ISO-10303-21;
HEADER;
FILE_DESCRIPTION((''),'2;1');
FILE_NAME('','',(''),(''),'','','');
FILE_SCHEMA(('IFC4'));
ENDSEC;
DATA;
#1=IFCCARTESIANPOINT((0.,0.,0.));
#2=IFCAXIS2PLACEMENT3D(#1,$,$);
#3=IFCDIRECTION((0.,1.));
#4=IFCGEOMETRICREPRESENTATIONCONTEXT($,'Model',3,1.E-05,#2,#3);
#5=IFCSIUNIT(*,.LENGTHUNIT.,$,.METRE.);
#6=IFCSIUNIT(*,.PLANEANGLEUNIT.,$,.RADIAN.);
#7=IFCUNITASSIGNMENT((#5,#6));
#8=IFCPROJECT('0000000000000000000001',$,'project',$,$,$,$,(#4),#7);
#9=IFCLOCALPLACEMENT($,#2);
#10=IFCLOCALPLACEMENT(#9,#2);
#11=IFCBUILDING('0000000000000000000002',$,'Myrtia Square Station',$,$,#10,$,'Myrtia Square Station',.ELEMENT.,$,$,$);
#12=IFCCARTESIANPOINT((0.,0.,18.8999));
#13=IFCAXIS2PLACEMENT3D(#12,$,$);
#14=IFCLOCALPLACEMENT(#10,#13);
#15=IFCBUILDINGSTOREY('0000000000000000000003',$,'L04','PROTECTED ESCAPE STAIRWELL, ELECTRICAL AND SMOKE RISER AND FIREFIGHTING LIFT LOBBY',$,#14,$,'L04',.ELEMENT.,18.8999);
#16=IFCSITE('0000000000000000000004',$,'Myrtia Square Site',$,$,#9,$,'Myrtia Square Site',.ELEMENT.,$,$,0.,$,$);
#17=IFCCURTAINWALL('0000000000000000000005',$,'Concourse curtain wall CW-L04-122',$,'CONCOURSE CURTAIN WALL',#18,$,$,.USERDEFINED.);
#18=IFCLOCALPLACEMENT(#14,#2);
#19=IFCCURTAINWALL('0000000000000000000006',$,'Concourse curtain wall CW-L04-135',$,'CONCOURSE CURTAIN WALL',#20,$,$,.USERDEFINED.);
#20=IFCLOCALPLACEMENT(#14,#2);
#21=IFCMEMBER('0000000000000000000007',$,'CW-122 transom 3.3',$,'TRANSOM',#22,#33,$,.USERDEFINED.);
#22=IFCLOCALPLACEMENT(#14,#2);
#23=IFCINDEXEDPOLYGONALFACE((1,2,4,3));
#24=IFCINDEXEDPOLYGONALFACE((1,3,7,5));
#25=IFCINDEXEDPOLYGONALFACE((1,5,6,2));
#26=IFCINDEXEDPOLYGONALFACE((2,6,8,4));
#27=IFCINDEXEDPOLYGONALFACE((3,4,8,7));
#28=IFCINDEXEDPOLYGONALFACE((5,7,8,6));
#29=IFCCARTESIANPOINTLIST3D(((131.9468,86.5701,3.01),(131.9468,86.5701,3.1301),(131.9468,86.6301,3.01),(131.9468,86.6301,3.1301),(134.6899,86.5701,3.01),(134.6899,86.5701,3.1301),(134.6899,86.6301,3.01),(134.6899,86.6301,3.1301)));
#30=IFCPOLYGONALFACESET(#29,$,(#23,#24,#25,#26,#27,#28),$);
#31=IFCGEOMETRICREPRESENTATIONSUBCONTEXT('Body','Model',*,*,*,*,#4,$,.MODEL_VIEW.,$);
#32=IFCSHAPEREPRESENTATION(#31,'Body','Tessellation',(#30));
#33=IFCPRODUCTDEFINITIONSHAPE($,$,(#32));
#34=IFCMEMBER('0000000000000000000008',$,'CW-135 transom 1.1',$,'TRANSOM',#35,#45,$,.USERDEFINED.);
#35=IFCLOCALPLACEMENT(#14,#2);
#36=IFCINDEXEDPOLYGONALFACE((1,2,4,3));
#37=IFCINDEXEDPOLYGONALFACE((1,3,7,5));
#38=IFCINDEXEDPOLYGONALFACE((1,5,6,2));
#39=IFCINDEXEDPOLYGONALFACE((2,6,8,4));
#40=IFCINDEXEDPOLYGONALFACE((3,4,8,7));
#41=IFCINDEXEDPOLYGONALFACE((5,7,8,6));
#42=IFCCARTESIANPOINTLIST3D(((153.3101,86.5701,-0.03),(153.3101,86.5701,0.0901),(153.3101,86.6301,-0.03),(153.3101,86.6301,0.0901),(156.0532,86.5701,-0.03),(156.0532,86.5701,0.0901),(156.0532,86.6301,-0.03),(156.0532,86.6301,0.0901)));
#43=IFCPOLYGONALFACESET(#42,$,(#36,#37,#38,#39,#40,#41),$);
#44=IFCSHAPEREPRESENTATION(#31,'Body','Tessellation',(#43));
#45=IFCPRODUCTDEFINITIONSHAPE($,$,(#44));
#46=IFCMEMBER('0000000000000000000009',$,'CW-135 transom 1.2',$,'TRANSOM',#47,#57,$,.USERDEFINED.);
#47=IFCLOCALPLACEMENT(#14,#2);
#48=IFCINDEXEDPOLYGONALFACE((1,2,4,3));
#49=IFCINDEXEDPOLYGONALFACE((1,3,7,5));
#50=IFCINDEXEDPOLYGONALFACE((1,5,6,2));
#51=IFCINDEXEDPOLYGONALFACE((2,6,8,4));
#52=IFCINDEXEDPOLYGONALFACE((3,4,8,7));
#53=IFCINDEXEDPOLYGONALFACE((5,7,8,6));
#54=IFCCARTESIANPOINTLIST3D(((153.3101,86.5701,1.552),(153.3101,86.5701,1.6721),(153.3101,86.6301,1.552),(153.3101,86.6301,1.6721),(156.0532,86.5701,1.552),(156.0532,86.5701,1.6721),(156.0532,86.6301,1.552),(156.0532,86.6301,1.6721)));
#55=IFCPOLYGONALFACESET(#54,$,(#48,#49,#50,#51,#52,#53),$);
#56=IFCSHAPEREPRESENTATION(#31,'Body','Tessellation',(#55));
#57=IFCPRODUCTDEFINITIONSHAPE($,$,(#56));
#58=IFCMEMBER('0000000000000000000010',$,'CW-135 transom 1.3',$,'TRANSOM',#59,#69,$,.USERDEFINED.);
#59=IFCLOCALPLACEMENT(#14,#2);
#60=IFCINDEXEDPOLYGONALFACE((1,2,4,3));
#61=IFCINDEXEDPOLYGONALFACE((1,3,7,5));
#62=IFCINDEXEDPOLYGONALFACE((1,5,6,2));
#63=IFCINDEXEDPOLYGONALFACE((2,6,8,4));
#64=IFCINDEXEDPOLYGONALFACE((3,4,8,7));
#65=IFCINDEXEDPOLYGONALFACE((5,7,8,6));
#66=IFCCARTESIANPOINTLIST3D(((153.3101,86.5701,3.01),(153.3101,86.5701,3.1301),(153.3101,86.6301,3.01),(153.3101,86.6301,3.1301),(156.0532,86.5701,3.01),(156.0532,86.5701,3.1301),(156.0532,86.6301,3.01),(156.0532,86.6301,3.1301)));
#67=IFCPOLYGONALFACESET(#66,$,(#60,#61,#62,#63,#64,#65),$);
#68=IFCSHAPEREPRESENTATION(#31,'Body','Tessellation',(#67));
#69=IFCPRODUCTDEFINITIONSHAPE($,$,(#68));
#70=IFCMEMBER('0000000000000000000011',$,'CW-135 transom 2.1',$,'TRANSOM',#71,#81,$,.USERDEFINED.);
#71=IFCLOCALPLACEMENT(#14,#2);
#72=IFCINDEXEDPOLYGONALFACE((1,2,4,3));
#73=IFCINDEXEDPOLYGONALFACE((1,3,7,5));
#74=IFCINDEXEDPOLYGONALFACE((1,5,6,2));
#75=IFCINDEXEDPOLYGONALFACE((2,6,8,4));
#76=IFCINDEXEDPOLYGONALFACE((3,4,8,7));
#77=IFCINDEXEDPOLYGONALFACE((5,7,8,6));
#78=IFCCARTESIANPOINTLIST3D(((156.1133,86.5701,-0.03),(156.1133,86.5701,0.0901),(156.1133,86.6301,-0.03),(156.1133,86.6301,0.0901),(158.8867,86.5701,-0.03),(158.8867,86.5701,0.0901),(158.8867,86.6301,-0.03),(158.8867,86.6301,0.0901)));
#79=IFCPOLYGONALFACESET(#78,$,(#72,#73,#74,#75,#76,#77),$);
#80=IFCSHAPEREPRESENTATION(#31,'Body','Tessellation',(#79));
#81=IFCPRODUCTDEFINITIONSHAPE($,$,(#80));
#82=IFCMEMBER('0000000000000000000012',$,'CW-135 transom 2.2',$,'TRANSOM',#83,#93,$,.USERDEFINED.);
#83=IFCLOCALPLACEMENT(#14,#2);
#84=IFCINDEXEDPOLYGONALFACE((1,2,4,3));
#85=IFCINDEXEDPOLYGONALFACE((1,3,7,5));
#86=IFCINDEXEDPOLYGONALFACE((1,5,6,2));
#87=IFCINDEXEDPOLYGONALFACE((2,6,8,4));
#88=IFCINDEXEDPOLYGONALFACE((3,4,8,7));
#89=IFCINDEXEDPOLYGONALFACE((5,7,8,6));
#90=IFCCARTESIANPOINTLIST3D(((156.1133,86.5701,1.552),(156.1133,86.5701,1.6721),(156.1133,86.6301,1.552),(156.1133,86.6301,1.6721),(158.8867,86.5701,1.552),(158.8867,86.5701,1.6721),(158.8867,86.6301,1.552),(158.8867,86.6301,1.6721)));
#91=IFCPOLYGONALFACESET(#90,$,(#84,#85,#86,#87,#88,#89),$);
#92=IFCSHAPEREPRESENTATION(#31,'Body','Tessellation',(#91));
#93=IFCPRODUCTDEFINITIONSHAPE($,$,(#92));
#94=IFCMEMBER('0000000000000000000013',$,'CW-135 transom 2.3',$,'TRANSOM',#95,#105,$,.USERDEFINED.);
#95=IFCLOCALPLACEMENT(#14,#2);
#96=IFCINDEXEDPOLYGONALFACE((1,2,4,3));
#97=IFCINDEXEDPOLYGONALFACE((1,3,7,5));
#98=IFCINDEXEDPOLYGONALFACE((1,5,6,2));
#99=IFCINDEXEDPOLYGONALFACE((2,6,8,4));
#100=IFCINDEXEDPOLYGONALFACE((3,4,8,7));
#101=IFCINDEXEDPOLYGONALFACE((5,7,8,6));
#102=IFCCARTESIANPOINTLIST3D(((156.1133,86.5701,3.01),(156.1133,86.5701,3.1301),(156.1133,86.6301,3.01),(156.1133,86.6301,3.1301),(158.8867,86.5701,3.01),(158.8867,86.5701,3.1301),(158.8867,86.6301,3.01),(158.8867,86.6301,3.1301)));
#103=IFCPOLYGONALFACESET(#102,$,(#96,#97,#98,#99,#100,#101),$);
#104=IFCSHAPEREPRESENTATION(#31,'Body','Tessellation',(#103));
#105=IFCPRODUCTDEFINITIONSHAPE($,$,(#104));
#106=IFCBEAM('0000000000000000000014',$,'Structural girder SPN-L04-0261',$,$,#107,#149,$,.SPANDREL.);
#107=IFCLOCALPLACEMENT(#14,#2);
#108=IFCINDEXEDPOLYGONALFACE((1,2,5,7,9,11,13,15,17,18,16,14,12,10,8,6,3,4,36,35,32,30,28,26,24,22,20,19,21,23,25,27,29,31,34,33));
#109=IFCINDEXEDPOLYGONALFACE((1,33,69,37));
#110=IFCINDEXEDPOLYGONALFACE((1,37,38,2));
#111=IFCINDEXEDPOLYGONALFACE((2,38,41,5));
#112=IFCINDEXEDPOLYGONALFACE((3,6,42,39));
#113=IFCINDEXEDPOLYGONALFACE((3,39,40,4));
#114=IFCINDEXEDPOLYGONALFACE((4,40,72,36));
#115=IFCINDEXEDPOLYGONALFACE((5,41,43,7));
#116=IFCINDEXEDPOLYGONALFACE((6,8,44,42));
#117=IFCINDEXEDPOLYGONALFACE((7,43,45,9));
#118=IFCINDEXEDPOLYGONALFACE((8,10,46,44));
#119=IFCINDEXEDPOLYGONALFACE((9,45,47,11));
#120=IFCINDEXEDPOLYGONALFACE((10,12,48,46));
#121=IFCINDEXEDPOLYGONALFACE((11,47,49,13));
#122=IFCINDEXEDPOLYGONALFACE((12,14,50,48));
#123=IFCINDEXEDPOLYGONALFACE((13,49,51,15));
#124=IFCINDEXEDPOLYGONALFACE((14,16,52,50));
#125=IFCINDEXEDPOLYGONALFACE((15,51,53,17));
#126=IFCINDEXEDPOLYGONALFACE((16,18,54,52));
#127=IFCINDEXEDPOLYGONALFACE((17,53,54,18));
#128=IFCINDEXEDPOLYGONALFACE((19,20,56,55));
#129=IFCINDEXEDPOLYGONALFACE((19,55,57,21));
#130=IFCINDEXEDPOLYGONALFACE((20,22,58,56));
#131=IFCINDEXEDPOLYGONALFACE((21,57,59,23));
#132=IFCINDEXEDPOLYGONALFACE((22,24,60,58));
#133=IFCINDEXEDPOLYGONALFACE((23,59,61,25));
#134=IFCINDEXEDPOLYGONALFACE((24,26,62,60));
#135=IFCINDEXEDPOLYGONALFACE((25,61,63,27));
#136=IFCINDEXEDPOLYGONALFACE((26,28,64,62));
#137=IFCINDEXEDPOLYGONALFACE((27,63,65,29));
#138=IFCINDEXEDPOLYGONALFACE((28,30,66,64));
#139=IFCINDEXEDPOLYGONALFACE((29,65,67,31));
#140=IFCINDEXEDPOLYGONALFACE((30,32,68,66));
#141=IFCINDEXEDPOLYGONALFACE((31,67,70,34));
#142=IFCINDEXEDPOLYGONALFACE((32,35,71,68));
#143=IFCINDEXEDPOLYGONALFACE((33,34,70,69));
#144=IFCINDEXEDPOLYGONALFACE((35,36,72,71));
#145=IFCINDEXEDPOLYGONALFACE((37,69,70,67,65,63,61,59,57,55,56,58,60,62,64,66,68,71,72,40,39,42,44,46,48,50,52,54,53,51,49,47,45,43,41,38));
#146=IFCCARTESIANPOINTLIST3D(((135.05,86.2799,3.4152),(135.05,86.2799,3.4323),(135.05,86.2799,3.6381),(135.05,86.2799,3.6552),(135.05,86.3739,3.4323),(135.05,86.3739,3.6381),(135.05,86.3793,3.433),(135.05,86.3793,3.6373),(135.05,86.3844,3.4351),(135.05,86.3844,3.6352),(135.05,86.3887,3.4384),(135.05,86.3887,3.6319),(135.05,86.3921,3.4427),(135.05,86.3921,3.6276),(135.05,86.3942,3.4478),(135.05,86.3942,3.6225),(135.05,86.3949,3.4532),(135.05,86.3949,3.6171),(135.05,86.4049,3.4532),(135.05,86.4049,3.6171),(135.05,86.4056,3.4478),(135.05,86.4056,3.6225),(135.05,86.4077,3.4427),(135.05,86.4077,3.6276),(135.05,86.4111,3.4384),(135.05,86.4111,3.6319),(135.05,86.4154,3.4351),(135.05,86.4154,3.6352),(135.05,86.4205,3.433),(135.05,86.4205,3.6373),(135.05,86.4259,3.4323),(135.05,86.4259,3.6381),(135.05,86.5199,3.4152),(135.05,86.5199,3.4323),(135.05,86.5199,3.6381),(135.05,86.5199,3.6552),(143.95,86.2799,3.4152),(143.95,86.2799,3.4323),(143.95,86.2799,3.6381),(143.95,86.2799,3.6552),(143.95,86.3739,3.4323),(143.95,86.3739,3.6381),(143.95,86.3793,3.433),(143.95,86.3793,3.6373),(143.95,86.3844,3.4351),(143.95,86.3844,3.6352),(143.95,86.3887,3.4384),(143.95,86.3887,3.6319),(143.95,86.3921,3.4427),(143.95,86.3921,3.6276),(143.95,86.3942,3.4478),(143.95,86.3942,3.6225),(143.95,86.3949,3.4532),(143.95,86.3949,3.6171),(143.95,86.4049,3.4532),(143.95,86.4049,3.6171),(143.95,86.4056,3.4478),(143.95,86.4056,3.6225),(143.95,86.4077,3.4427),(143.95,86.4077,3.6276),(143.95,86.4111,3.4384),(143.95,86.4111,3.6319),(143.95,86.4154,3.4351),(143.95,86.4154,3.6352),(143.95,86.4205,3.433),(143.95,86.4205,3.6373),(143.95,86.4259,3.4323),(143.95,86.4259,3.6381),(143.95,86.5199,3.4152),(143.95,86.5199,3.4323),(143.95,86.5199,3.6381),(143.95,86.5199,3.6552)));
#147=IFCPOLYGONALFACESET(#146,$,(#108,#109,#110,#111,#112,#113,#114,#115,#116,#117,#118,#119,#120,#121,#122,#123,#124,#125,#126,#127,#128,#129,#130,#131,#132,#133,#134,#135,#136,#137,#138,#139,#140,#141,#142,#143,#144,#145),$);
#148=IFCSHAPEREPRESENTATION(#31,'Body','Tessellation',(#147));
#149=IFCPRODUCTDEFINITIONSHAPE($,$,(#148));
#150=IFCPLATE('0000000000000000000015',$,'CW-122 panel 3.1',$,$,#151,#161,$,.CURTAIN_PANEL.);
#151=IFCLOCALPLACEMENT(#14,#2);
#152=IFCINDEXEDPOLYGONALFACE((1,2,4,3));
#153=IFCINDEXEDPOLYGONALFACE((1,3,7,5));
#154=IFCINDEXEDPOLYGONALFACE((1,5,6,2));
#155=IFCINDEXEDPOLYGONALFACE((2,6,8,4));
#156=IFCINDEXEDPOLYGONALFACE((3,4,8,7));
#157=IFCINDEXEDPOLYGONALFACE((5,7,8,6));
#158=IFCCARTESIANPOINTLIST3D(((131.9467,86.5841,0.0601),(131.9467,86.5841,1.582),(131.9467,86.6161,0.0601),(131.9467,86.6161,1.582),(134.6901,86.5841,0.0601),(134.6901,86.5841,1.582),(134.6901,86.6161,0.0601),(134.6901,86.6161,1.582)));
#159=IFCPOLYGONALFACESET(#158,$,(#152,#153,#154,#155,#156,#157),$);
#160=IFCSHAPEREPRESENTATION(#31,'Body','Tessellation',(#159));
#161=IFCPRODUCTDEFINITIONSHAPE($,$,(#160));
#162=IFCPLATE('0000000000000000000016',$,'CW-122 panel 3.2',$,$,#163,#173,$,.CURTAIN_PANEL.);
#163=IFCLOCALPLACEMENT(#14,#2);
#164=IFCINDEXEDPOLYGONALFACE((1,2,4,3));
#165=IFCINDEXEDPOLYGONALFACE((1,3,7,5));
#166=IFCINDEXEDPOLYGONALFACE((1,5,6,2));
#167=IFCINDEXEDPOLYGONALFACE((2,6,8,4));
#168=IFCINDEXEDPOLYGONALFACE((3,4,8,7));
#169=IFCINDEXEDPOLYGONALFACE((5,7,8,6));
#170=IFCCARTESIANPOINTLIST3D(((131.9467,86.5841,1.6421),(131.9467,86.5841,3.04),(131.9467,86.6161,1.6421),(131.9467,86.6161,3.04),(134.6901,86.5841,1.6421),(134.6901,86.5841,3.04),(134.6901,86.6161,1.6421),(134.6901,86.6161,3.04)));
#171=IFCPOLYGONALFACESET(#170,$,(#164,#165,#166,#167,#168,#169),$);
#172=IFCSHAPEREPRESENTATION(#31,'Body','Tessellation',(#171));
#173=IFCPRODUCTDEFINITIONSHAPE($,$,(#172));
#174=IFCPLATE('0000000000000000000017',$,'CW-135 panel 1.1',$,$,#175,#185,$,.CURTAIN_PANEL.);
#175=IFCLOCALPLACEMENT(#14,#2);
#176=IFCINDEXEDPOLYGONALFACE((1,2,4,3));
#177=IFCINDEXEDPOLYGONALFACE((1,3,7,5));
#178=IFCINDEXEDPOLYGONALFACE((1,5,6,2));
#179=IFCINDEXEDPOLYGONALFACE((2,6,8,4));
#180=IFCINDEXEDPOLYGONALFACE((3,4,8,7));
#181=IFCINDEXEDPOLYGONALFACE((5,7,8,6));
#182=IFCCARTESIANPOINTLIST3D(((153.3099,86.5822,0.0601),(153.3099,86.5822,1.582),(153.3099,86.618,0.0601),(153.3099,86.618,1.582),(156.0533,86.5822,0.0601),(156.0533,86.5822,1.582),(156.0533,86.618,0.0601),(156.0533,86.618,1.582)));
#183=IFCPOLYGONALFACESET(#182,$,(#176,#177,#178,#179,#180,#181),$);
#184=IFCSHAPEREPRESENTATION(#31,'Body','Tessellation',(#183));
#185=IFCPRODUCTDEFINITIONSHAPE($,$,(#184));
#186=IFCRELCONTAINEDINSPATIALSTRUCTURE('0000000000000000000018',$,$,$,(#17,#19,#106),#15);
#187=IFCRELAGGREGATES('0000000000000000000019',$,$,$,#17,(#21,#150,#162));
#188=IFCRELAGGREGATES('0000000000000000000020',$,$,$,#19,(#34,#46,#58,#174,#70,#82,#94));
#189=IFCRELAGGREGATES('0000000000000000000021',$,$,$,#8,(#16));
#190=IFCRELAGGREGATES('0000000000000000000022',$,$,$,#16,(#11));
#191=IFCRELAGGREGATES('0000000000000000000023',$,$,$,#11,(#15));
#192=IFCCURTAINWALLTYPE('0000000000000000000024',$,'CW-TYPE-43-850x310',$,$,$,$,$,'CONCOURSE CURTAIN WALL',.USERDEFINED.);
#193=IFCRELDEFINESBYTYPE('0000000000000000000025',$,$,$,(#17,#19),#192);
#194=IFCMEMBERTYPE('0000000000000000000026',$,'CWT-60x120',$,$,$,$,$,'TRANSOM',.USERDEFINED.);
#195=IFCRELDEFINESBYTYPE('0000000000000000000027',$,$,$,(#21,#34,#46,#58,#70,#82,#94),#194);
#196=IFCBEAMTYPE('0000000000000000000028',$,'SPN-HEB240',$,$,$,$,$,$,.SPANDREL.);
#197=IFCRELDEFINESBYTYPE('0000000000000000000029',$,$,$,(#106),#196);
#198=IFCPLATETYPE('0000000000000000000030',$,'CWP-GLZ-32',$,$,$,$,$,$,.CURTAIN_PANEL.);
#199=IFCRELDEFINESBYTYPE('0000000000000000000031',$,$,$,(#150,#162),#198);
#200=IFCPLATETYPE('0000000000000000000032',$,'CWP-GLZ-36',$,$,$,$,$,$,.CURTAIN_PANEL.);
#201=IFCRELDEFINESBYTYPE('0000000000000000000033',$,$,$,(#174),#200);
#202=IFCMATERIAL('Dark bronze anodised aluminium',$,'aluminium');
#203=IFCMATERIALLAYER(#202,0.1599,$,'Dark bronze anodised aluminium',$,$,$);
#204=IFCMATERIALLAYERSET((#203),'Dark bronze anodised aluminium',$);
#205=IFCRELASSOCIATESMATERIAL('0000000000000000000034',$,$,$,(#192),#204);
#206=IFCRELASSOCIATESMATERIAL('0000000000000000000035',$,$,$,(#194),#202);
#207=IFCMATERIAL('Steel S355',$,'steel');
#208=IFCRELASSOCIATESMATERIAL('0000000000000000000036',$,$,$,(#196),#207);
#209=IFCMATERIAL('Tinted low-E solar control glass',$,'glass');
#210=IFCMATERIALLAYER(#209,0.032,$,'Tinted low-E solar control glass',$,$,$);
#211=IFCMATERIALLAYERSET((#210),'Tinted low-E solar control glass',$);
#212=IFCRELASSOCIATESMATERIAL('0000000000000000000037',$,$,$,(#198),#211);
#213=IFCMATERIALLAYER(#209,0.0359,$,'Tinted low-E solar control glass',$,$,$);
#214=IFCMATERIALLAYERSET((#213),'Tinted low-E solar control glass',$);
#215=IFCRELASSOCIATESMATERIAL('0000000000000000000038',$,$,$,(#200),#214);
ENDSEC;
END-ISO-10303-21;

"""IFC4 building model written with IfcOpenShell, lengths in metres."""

from ifc_helpers import new_model, si_unit, direction, frame, origin, origin_2d, place, context, subcontext, project, spatial, rectangle, i_section, extrude, material, layer, layer_set, material_profile, profile_set, type_object, element, aggregate, save


model = new_model("IFC4")

# Units and contexts
model_context = context("Model", 3, precision=1e-05, world=origin(), true_north=direction((0.0, 1.0)))
body_context = subcontext(model_context, "Body", "Model", "MODEL_VIEW")
ifc_project = project(units=[si_unit("LENGTHUNIT", "METRE"), si_unit("PLANEANGLEUNIT", "RADIAN")], contexts=[model_context])

# Site, building, storey
site_placement = place(None, origin())
site = spatial("IfcSite", under=ifc_project, at=site_placement, Name="Myrtia Square Site", LongName="Myrtia Square Site", CompositionType="ELEMENT", RefElevation=0.0)
building_placement = place(site_placement, origin())
building = spatial("IfcBuilding", under=site, at=building_placement, Name="Myrtia Square Station", LongName="Myrtia Square Station", CompositionType="ELEMENT")
storey_placement = place(building_placement, frame((0.0, 0.0, 18.8999)))
storey = spatial("IfcBuildingStorey", under=building, at=storey_placement, Name="L04", Description="PROTECTED ESCAPE STAIRWELL, ELECTRICAL AND SMOKE RISER AND FIREFIGHTING LIFT LOBBY", LongName="L04", CompositionType="ELEMENT", Elevation=18.8999)

# Shared definitions
ifc_material_1 = material(Name="Steel S355", Category="steel")

# Curtain wall
ifc_material_2 = material(Name="Dark bronze anodised aluminium", Category="aluminium")
ifc_layer_1 = layer(ifc_material_2, 0.1599, Name="Dark bronze anodised aluminium")
ifc_layer_set_1 = layer_set([ifc_layer_1], Name="Dark bronze anodised aluminium")
curtain_wall_type = type_object("IfcCurtainWallType", Name="CW-TYPE-43-850x310", ElementType="CONCOURSE CURTAIN WALL", PredefinedType="USERDEFINED", material=ifc_layer_set_1)
curtain_wall_1_placement = place(storey_placement, origin())
curtain_wall_1 = element("IfcCurtainWall", 1, at=curtain_wall_1_placement, inside=storey, type_object=curtain_wall_type, Name="Concourse curtain wall CW-L04-122", ObjectType="CONCOURSE CURTAIN WALL", PredefinedType="USERDEFINED")

# Curtain wall
curtain_wall_2_placement = place(storey_placement, origin())
curtain_wall_2 = element("IfcCurtainWall", 2, at=curtain_wall_2_placement, inside=storey, type_object=curtain_wall_type, Name="Concourse curtain wall CW-L04-135", ObjectType="CONCOURSE CURTAIN WALL", PredefinedType="USERDEFINED")

# Members
ifc_material_profile_1 = material_profile(ifc_material_2, rectangle(XDim=0.0601, YDim=0.1201, at=origin_2d()), Name="ALU-T 60x120")
ifc_profile_set_1 = profile_set([ifc_material_profile_1], Name="Dark bronze anodised aluminium")
member_type_1 = type_object("IfcMemberType", Name="CWT-60x120", ElementType="TRANSOM", PredefinedType="USERDEFINED", material=ifc_profile_set_1)
member_1_placement = place(storey_placement, frame((131.9468, 86.6001, 3.0701), z_axis=(1.0, 0.0, 0.0), x_axis=(0.0, 1.0, 0.0)))
member_1 = element("IfcMember", 3, at=member_1_placement, type_object=member_type_1, Name="CW-122 transom 3.3", ObjectType="TRANSOM", PredefinedType="USERDEFINED", context=body_context, shape_type="SweptSolid", body=[
    extrude(rectangle(XDim=0.0601, YDim=0.1201, at=origin_2d()), origin(), (0.0, 0.0, 1.0), 2.7432),
])
member_2_placement = place(storey_placement, frame((153.3101, 86.6001, 0.03), z_axis=(1.0, 0.0, 0.0), x_axis=(0.0, 1.0, 0.0)))
member_2 = element("IfcMember", 4, at=member_2_placement, type_object=member_type_1, Name="CW-135 transom 1.1", ObjectType="TRANSOM", PredefinedType="USERDEFINED", context=body_context, shape_type="SweptSolid", body=[
    extrude(rectangle(XDim=0.0601, YDim=0.1201, at=origin_2d()), origin(), (0.0, 0.0, 1.0), 2.7432),
])
member_3_placement = place(storey_placement, frame((153.3101, 86.6001, 1.6121), z_axis=(1.0, 0.0, 0.0), x_axis=(0.0, 1.0, 0.0)))
member_3 = element("IfcMember", 5, at=member_3_placement, type_object=member_type_1, Name="CW-135 transom 1.2", ObjectType="TRANSOM", PredefinedType="USERDEFINED", context=body_context, shape_type="SweptSolid", body=[
    extrude(rectangle(XDim=0.0601, YDim=0.1201, at=origin_2d()), origin(), (0.0, 0.0, 1.0), 2.7432),
])
member_4_placement = place(storey_placement, frame((153.3101, 86.6001, 3.0701), z_axis=(1.0, 0.0, 0.0), x_axis=(0.0, 1.0, 0.0)))
member_4 = element("IfcMember", 6, at=member_4_placement, type_object=member_type_1, Name="CW-135 transom 1.3", ObjectType="TRANSOM", PredefinedType="USERDEFINED", context=body_context, shape_type="SweptSolid", body=[
    extrude(rectangle(XDim=0.0601, YDim=0.1201, at=origin_2d()), origin(), (0.0, 0.0, 1.0), 2.7432),
])
member_5_placement = place(storey_placement, frame((156.1133, 86.6001, 0.03), z_axis=(1.0, 0.0, 0.0), x_axis=(0.0, 1.0, 0.0)))
member_5 = element("IfcMember", 7, at=member_5_placement, type_object=member_type_1, Name="CW-135 transom 2.1", ObjectType="TRANSOM", PredefinedType="USERDEFINED", context=body_context, shape_type="SweptSolid", body=[
    extrude(rectangle(XDim=0.0601, YDim=0.1201, at=origin_2d()), origin(), (0.0, 0.0, 1.0), 2.7734),
])
member_6_placement = place(storey_placement, frame((156.1133, 86.6001, 1.6121), z_axis=(1.0, 0.0, 0.0), x_axis=(0.0, 1.0, 0.0)))
member_6 = element("IfcMember", 8, at=member_6_placement, type_object=member_type_1, Name="CW-135 transom 2.2", ObjectType="TRANSOM", PredefinedType="USERDEFINED", context=body_context, shape_type="SweptSolid", body=[
    extrude(rectangle(XDim=0.0601, YDim=0.1201, at=origin_2d()), origin(), (0.0, 0.0, 1.0), 2.7734),
])
member_7_placement = place(storey_placement, frame((156.1133, 86.6001, 3.0701), z_axis=(1.0, 0.0, 0.0), x_axis=(0.0, 1.0, 0.0)))
member_7 = element("IfcMember", 9, at=member_7_placement, type_object=member_type_1, Name="CW-135 transom 2.3", ObjectType="TRANSOM", PredefinedType="USERDEFINED", context=body_context, shape_type="SweptSolid", body=[
    extrude(rectangle(XDim=0.0601, YDim=0.1201, at=origin_2d()), origin(), (0.0, 0.0, 1.0), 2.7734),
])

# Beam
ifc_material_profile_2 = material_profile(ifc_material_1, i_section(OverallWidth=0.24, OverallDepth=0.24, WebThickness=0.01, FlangeThickness=0.0171, FilletRadius=0.021, at=origin_2d()), Name="HEB 240")
ifc_profile_set_2 = profile_set([ifc_material_profile_2], Name="Steel S355")
beam_type_1 = type_object("IfcBeamType", Name="SPN-HEB240", PredefinedType="SPANDREL", material=ifc_profile_set_2)
beam_1_placement = place(storey_placement, frame((135.05, 86.3999, 3.5352), z_axis=(1.0, 0.0, 0.0), x_axis=(0.0, 1.0, 0.0)))
element("IfcBeam", 10, at=beam_1_placement, inside=storey, type_object=beam_type_1, Name="Structural girder SPN-L04-0261", PredefinedType="SPANDREL", context=body_context, shape_type="SweptSolid", body=[
    extrude(i_section(OverallWidth=0.24, OverallDepth=0.24, WebThickness=0.01, FlangeThickness=0.0171, FilletRadius=0.021, at=origin_2d()), origin(), (0.0, 0.0, 1.0), 8.8999),
])

# Plates
ifc_material_3 = material(Name="Tinted low-E solar control glass", Category="glass")
ifc_layer_2 = layer(ifc_material_3, 0.032, Name="Tinted low-E solar control glass")
ifc_layer_set_2 = layer_set([ifc_layer_2], Name="Tinted low-E solar control glass")
plate_type_1 = type_object("IfcPlateType", Name="CWP-GLZ-32", PredefinedType="CURTAIN_PANEL", material=ifc_layer_set_2)
plate_1_placement = place(storey_placement, frame((133.3184, 86.6001, 0.0601), z_axis=(0.0, 0.0, 1.0), x_axis=(1.0, 0.0, 0.0)))
plate_1 = element("IfcPlate", 11, at=plate_1_placement, type_object=plate_type_1, Name="CW-122 panel 3.1", PredefinedType="CURTAIN_PANEL", context=body_context, shape_type="SweptSolid", body=[
    extrude(rectangle(XDim=2.7434, YDim=0.032, at=origin_2d()), origin(), (0.0, 0.0, 1.0), 1.522),
])
plate_2_placement = place(storey_placement, frame((133.3184, 86.6001, 1.6421), z_axis=(0.0, 0.0, 1.0), x_axis=(1.0, 0.0, 0.0)))
plate_2 = element("IfcPlate", 12, at=plate_2_placement, type_object=plate_type_1, Name="CW-122 panel 3.2", PredefinedType="CURTAIN_PANEL", context=body_context, shape_type="SweptSolid", body=[
    extrude(rectangle(XDim=2.7434, YDim=0.032, at=origin_2d()), origin(), (0.0, 0.0, 1.0), 1.3979),
])
aggregate(curtain_wall_1, [member_1, plate_1, plate_2])
ifc_layer_3 = layer(ifc_material_3, 0.0359, Name="Tinted low-E solar control glass")
ifc_layer_set_3 = layer_set([ifc_layer_3], Name="Tinted low-E solar control glass")
plate_type_2 = type_object("IfcPlateType", Name="CWP-GLZ-36", PredefinedType="CURTAIN_PANEL", material=ifc_layer_set_3)
plate_3_placement = place(storey_placement, frame((154.6816, 86.6001, 0.0601), z_axis=(0.0, 0.0, 1.0), x_axis=(1.0, 0.0, 0.0)))
plate_3 = element("IfcPlate", 13, at=plate_3_placement, type_object=plate_type_2, Name="CW-135 panel 1.1", PredefinedType="CURTAIN_PANEL", context=body_context, shape_type="SweptSolid", body=[
    extrude(rectangle(XDim=2.7434, YDim=0.0359, at=origin_2d()), origin(), (0.0, 0.0, 1.0), 1.522),
])
aggregate(curtain_wall_2, [member_2, member_3, member_4, plate_3, member_5, member_6, member_7])

save(model, "model.ifc")
